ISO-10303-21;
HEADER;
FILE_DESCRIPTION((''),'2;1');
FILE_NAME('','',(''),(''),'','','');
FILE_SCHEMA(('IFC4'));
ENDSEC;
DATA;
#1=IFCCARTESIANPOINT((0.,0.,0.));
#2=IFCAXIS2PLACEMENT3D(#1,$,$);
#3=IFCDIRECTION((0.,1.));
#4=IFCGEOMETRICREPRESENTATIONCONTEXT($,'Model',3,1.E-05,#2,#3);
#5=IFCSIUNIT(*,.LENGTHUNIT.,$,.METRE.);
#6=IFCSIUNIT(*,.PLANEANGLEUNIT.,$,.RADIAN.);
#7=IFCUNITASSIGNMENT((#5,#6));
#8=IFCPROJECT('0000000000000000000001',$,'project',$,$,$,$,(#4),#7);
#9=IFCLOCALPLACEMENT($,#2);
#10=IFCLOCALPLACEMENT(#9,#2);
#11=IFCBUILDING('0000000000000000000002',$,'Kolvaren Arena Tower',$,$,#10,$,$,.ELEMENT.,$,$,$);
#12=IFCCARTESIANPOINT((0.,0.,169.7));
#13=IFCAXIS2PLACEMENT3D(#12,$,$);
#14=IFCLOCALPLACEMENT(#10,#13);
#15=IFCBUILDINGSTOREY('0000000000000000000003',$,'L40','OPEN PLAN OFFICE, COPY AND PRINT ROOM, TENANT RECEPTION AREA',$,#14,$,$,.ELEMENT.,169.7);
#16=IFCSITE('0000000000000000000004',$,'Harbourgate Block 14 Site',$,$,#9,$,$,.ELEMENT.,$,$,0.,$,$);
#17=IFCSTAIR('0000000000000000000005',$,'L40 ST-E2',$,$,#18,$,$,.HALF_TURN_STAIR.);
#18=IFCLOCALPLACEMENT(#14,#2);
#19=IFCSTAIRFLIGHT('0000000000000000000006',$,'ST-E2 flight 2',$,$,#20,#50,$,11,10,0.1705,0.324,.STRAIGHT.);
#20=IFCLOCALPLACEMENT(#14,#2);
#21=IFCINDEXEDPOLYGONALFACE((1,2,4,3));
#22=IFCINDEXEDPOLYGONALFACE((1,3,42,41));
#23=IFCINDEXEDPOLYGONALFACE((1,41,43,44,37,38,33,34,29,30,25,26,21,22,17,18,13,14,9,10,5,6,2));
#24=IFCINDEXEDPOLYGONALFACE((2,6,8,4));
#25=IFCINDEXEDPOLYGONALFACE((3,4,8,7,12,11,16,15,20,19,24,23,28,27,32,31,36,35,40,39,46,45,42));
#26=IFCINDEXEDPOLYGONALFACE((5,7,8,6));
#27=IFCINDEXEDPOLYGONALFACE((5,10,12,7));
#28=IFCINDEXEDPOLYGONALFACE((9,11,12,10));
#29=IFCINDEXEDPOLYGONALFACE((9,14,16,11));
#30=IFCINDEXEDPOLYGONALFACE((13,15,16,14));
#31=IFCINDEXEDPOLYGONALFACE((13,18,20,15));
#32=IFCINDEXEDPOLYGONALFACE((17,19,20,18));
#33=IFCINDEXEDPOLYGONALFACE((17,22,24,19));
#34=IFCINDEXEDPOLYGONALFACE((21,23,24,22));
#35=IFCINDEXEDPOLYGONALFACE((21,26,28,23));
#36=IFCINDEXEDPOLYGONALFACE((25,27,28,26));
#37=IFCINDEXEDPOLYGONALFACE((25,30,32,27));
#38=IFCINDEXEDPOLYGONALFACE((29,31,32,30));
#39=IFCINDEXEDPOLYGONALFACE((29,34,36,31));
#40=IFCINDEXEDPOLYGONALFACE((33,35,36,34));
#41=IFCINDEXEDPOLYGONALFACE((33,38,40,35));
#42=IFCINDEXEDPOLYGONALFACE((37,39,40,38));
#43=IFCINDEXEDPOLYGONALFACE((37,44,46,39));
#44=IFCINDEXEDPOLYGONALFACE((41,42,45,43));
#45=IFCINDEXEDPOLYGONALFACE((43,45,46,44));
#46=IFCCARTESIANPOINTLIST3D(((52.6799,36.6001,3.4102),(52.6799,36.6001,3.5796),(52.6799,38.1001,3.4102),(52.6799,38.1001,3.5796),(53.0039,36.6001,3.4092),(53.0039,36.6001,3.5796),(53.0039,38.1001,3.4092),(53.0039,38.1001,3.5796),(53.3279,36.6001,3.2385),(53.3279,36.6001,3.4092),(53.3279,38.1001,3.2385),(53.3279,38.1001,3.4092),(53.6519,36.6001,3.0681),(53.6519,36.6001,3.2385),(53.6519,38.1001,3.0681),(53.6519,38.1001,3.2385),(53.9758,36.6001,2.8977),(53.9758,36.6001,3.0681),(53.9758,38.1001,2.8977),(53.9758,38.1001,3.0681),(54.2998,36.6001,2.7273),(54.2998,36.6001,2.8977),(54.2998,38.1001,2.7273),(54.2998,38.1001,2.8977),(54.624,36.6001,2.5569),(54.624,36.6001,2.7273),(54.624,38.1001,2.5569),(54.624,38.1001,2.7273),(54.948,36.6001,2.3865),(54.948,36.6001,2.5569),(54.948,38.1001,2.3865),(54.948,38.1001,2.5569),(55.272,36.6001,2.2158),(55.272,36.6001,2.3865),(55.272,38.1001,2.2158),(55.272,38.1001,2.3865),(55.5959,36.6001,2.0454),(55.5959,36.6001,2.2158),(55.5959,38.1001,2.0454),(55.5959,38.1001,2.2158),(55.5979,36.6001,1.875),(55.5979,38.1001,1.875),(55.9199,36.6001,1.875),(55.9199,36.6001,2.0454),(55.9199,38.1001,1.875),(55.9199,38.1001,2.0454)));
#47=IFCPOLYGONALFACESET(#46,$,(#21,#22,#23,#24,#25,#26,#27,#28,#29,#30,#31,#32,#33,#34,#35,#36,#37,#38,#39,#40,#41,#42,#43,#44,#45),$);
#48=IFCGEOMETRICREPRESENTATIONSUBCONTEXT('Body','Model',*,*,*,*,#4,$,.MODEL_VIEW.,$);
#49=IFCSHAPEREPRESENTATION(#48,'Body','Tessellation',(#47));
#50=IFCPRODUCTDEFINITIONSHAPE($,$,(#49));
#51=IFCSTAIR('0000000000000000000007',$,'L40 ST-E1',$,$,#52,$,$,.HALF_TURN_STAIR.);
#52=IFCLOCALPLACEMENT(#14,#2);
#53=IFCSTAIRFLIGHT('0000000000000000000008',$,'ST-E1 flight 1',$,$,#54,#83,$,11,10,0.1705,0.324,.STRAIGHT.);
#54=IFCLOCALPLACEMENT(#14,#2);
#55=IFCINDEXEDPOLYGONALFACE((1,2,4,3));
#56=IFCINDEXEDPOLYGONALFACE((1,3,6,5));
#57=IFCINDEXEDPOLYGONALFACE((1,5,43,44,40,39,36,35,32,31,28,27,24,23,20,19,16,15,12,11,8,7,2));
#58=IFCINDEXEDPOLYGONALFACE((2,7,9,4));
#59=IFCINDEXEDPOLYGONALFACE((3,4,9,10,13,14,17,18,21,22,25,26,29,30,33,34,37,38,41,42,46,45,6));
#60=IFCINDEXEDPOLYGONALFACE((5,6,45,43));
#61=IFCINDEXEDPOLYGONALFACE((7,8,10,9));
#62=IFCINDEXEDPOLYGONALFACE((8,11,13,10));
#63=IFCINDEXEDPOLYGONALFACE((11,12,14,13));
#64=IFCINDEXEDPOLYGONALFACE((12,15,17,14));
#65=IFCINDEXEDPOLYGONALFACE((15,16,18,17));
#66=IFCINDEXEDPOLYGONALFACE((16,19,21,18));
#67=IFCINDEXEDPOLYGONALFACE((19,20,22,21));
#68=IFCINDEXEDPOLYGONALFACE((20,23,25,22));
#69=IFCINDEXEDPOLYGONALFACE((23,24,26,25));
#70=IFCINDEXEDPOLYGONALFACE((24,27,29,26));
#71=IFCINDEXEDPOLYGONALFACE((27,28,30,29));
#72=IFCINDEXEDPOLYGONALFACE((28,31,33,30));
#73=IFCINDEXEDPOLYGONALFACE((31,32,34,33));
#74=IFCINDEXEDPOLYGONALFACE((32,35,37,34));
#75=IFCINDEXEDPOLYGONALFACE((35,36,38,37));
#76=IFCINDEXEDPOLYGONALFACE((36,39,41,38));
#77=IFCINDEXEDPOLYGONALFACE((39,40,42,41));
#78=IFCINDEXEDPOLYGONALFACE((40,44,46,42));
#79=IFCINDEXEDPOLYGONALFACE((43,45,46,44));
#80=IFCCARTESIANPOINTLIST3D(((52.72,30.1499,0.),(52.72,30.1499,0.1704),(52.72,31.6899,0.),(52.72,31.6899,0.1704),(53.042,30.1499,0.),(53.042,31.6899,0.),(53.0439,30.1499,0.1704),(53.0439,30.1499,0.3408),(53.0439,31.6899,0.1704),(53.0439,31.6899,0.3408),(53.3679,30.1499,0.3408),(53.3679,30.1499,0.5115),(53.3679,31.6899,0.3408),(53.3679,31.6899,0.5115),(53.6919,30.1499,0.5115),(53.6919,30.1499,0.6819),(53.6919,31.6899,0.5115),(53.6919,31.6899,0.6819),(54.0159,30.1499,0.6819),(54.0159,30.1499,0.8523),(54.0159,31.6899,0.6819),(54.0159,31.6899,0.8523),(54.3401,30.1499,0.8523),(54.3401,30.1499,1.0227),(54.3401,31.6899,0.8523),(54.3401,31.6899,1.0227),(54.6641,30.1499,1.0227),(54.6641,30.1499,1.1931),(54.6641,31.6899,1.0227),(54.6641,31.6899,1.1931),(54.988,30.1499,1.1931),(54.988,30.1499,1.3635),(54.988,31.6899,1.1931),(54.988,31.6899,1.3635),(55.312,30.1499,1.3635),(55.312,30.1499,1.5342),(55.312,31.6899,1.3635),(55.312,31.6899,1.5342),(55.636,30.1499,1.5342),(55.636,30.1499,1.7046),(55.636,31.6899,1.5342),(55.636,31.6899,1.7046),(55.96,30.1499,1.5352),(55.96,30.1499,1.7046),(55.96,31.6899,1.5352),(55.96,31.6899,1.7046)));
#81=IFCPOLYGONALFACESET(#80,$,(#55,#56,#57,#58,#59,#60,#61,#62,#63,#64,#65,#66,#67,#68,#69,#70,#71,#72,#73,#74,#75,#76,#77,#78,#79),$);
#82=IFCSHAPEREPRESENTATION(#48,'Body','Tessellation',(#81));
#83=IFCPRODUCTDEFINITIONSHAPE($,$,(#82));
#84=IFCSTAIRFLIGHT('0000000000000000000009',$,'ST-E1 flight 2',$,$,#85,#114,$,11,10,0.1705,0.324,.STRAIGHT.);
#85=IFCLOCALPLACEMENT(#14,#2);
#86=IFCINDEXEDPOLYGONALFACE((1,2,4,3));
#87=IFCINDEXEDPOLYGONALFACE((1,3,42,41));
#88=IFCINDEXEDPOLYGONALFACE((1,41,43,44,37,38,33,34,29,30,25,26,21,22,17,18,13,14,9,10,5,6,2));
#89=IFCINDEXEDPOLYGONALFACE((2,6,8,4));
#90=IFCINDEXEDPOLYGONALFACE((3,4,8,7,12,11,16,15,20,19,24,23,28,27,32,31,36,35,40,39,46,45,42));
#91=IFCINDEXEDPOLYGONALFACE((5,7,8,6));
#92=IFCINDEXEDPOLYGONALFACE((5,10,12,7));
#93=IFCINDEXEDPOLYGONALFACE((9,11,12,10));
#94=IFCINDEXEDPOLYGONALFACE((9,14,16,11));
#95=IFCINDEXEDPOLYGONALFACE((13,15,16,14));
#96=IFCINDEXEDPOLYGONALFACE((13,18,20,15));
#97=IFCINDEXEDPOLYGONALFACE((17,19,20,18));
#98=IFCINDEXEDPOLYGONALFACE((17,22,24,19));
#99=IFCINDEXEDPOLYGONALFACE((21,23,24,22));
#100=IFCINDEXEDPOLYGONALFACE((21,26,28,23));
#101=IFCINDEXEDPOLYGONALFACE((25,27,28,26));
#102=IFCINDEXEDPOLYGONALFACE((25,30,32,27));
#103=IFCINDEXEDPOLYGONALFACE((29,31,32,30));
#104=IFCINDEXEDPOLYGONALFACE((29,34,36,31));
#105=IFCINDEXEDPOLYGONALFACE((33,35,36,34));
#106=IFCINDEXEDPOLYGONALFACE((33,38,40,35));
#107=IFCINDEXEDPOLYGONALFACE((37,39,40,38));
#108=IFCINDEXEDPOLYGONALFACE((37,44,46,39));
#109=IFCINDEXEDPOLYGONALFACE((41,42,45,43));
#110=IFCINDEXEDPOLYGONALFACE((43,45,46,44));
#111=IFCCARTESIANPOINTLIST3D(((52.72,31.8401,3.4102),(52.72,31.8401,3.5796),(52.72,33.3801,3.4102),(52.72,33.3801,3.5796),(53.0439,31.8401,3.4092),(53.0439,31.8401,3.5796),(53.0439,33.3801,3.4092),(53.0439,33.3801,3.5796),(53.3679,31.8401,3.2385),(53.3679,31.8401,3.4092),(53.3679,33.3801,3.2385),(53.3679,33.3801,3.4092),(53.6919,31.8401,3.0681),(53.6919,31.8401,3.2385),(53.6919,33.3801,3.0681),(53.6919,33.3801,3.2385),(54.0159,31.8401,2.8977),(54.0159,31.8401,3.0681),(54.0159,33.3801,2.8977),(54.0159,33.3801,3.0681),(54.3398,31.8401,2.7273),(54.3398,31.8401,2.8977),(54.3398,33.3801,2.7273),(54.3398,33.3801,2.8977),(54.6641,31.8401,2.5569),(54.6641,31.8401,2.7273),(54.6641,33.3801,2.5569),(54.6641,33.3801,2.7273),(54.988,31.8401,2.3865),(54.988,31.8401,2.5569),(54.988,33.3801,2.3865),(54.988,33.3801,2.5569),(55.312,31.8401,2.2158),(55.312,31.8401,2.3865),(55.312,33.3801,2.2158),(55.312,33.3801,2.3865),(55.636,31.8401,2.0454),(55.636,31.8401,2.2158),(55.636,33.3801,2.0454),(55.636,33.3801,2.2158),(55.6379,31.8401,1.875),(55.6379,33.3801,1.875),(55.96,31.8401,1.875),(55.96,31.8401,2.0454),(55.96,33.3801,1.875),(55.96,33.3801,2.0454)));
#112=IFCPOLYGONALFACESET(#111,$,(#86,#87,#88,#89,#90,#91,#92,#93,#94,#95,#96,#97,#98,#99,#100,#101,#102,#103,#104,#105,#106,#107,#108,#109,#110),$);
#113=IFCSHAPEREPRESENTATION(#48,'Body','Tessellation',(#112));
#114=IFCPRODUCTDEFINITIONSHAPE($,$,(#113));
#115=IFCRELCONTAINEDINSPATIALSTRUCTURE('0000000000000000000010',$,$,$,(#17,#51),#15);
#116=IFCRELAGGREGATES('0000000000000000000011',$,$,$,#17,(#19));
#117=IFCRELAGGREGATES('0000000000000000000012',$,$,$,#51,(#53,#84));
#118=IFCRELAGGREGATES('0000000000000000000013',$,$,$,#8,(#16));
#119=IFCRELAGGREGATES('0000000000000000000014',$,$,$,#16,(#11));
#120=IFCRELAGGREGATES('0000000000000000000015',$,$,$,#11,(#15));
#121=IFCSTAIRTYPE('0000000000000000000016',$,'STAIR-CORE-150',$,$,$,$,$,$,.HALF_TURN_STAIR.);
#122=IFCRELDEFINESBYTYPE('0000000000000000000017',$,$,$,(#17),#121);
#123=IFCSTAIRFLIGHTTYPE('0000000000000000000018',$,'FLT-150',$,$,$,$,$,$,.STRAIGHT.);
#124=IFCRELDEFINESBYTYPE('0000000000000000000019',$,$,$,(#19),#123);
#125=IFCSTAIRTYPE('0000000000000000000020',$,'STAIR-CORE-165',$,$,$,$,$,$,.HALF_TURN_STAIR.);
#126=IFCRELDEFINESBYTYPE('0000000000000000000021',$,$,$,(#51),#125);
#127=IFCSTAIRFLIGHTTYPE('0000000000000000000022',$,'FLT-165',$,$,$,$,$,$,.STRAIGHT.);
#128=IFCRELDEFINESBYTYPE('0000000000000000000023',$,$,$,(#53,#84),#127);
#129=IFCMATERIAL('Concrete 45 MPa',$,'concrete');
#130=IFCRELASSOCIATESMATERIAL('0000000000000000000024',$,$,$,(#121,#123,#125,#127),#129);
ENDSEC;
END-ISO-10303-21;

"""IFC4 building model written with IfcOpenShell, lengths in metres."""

from ifc_helpers import new_model, si_unit, direction, frame, origin, place, context, subcontext, project, spatial, polyline, outline, extrude, material, type_object, element, aggregate, save


model = new_model("IFC4")

# Units and contexts
model_context = context("Model", 3, precision=1e-05, world=origin(), true_north=direction((0.0, 1.0)))
body_context = subcontext(model_context, "Body", "Model", "MODEL_VIEW")
ifc_project = project(units=[si_unit("LENGTHUNIT", "METRE"), si_unit("PLANEANGLEUNIT", "RADIAN")], contexts=[model_context])

# Site, building, storey
site_placement = place(None, origin())
site = spatial("IfcSite", under=ifc_project, at=site_placement, Name="Harbourgate Block 14 Site", CompositionType="ELEMENT", RefElevation=0.0)
building_placement = place(site_placement, origin())
building = spatial("IfcBuilding", under=site, at=building_placement, Name="Kolvaren Arena Tower", CompositionType="ELEMENT")
storey_placement = place(building_placement, frame((0.0, 0.0, 169.7)))
storey = spatial("IfcBuildingStorey", under=building, at=storey_placement, Name="L40", Description="OPEN PLAN OFFICE, COPY AND PRINT ROOM, TENANT RECEPTION AREA", CompositionType="ELEMENT", Elevation=169.7)

# Shared definitions
ifc_material_1 = material(Name="Concrete 45 MPa", Category="concrete")

# Stair, stair flight
stair_type_1 = type_object("IfcStairType", Name="STAIR-CORE-150", PredefinedType="HALF_TURN_STAIR", material=ifc_material_1)
stair_1_placement = place(storey_placement, origin())
stair_1 = element("IfcStair", 1, at=stair_1_placement, inside=storey, type_object=stair_type_1, Name="L40 ST-E2", PredefinedType="HALF_TURN_STAIR")
stair_flight_type_1 = type_object("IfcStairFlightType", Name="FLT-150", PredefinedType="STRAIGHT", material=ifc_material_1)
stair_flight_1_placement = place(storey_placement, frame((55.9199, 37.3501, 1.875), z_axis=(0.0, 0.0, 1.0), x_axis=(-1.0, 0.0, 0.0)))
stair_flight_1 = element("IfcStairFlight", 2, at=stair_flight_1_placement, type_object=stair_flight_type_1, Name="ST-E2 flight 2", NumberOfRisers=11, NumberOfTreads=10, PredefinedType="STRAIGHT", RiserHeight=0.1705, TreadLength=0.324, context=body_context, shape_type="SweptSolid", body=[
    extrude(outline(polyline([(0.0, 0.0), (0.0, 0.1704), (0.324, 0.1704), (0.324, 0.3408), (0.6479, 0.3408), (0.6479, 0.5115), (0.9719, 0.5115), (0.9719, 0.6819), (1.2959, 0.6819), (1.2959, 0.8523), (1.6201, 0.8523), (1.6201, 1.0227), (1.9441, 1.0227), (1.9441, 1.1931), (2.2681, 1.1931), (2.2681, 1.3635), (2.592, 1.3635), (2.592, 1.5342), (2.916, 1.5342), (2.916, 1.7046), (3.24, 1.7046), (3.24, 1.875), (3.24, 1.5352), (0.322, 0.0), (0.0, 0.0)])), frame((0.0, 0.75, 0.0), z_axis=(0.0, -1.0, 0.0), x_axis=(1.0, 0.0, 0.0)), (0.0, 0.0, 1.0), 1.5),
])
aggregate(stair_1, [stair_flight_1])

# Stair, stair flights
stair_type_2 = type_object("IfcStairType", Name="STAIR-CORE-165", PredefinedType="HALF_TURN_STAIR", material=ifc_material_1)
stair_2_placement = place(storey_placement, origin())
stair_2 = element("IfcStair", 3, at=stair_2_placement, inside=storey, type_object=stair_type_2, Name="L40 ST-E1", PredefinedType="HALF_TURN_STAIR")
stair_flight_type_2 = type_object("IfcStairFlightType", Name="FLT-165", PredefinedType="STRAIGHT", material=ifc_material_1)
stair_flight_2_placement = place(storey_placement, frame((52.72, 30.9199, 0.0), z_axis=(0.0, 0.0, 1.0), x_axis=(1.0, 0.0, 0.0)))
stair_flight_2 = element("IfcStairFlight", 4, at=stair_flight_2_placement, type_object=stair_flight_type_2, Name="ST-E1 flight 1", NumberOfRisers=11, NumberOfTreads=10, PredefinedType="STRAIGHT", RiserHeight=0.1705, TreadLength=0.324, context=body_context, shape_type="SweptSolid", body=[
    extrude(outline(polyline([(0.0, 0.0), (0.0, 0.1704), (0.324, 0.1704), (0.324, 0.3408), (0.6479, 0.3408), (0.6479, 0.5115), (0.9719, 0.5115), (0.9719, 0.6819), (1.2959, 0.6819), (1.2959, 0.8523), (1.6201, 0.8523), (1.6201, 1.0227), (1.9441, 1.0227), (1.9441, 1.1931), (2.2681, 1.1931), (2.2681, 1.3635), (2.592, 1.3635), (2.592, 1.5342), (2.916, 1.5342), (2.916, 1.7046), (3.24, 1.7046), (3.24, 1.875), (3.24, 1.5352), (0.322, 0.0), (0.0, 0.0)])), frame((0.0, 0.77, 0.0), z_axis=(0.0, -1.0, 0.0), x_axis=(1.0, 0.0, 0.0)), (0.0, 0.0, 1.0), 1.54),
])
stair_flight_3_placement = place(storey_placement, frame((55.96, 32.6101, 1.875), z_axis=(0.0, 0.0, 1.0), x_axis=(-1.0, 0.0, 0.0)))
stair_flight_3 = element("IfcStairFlight", 5, at=stair_flight_3_placement, type_object=stair_flight_type_2, Name="ST-E1 flight 2", NumberOfRisers=11, NumberOfTreads=10, PredefinedType="STRAIGHT", RiserHeight=0.1705, TreadLength=0.324, context=body_context, shape_type="SweptSolid", body=[
    extrude(outline(polyline([(0.0, 0.0), (0.0, 0.1704), (0.324, 0.1704), (0.324, 0.3408), (0.6479, 0.3408), (0.6479, 0.5115), (0.9719, 0.5115), (0.9719, 0.6819), (1.2959, 0.6819), (1.2959, 0.8523), (1.6201, 0.8523), (1.6201, 1.0227), (1.9441, 1.0227), (1.9441, 1.1931), (2.2681, 1.1931), (2.2681, 1.3635), (2.592, 1.3635), (2.592, 1.5342), (2.916, 1.5342), (2.916, 1.7046), (3.24, 1.7046), (3.24, 1.875), (3.24, 1.5352), (0.322, 0.0), (0.0, 0.0)])), frame((0.0, 0.77, 0.0), z_axis=(0.0, -1.0, 0.0), x_axis=(1.0, 0.0, 0.0)), (0.0, 0.0, 1.0), 1.54),
])
aggregate(stair_2, [stair_flight_2, stair_flight_3])

save(model, "model.ifc")
